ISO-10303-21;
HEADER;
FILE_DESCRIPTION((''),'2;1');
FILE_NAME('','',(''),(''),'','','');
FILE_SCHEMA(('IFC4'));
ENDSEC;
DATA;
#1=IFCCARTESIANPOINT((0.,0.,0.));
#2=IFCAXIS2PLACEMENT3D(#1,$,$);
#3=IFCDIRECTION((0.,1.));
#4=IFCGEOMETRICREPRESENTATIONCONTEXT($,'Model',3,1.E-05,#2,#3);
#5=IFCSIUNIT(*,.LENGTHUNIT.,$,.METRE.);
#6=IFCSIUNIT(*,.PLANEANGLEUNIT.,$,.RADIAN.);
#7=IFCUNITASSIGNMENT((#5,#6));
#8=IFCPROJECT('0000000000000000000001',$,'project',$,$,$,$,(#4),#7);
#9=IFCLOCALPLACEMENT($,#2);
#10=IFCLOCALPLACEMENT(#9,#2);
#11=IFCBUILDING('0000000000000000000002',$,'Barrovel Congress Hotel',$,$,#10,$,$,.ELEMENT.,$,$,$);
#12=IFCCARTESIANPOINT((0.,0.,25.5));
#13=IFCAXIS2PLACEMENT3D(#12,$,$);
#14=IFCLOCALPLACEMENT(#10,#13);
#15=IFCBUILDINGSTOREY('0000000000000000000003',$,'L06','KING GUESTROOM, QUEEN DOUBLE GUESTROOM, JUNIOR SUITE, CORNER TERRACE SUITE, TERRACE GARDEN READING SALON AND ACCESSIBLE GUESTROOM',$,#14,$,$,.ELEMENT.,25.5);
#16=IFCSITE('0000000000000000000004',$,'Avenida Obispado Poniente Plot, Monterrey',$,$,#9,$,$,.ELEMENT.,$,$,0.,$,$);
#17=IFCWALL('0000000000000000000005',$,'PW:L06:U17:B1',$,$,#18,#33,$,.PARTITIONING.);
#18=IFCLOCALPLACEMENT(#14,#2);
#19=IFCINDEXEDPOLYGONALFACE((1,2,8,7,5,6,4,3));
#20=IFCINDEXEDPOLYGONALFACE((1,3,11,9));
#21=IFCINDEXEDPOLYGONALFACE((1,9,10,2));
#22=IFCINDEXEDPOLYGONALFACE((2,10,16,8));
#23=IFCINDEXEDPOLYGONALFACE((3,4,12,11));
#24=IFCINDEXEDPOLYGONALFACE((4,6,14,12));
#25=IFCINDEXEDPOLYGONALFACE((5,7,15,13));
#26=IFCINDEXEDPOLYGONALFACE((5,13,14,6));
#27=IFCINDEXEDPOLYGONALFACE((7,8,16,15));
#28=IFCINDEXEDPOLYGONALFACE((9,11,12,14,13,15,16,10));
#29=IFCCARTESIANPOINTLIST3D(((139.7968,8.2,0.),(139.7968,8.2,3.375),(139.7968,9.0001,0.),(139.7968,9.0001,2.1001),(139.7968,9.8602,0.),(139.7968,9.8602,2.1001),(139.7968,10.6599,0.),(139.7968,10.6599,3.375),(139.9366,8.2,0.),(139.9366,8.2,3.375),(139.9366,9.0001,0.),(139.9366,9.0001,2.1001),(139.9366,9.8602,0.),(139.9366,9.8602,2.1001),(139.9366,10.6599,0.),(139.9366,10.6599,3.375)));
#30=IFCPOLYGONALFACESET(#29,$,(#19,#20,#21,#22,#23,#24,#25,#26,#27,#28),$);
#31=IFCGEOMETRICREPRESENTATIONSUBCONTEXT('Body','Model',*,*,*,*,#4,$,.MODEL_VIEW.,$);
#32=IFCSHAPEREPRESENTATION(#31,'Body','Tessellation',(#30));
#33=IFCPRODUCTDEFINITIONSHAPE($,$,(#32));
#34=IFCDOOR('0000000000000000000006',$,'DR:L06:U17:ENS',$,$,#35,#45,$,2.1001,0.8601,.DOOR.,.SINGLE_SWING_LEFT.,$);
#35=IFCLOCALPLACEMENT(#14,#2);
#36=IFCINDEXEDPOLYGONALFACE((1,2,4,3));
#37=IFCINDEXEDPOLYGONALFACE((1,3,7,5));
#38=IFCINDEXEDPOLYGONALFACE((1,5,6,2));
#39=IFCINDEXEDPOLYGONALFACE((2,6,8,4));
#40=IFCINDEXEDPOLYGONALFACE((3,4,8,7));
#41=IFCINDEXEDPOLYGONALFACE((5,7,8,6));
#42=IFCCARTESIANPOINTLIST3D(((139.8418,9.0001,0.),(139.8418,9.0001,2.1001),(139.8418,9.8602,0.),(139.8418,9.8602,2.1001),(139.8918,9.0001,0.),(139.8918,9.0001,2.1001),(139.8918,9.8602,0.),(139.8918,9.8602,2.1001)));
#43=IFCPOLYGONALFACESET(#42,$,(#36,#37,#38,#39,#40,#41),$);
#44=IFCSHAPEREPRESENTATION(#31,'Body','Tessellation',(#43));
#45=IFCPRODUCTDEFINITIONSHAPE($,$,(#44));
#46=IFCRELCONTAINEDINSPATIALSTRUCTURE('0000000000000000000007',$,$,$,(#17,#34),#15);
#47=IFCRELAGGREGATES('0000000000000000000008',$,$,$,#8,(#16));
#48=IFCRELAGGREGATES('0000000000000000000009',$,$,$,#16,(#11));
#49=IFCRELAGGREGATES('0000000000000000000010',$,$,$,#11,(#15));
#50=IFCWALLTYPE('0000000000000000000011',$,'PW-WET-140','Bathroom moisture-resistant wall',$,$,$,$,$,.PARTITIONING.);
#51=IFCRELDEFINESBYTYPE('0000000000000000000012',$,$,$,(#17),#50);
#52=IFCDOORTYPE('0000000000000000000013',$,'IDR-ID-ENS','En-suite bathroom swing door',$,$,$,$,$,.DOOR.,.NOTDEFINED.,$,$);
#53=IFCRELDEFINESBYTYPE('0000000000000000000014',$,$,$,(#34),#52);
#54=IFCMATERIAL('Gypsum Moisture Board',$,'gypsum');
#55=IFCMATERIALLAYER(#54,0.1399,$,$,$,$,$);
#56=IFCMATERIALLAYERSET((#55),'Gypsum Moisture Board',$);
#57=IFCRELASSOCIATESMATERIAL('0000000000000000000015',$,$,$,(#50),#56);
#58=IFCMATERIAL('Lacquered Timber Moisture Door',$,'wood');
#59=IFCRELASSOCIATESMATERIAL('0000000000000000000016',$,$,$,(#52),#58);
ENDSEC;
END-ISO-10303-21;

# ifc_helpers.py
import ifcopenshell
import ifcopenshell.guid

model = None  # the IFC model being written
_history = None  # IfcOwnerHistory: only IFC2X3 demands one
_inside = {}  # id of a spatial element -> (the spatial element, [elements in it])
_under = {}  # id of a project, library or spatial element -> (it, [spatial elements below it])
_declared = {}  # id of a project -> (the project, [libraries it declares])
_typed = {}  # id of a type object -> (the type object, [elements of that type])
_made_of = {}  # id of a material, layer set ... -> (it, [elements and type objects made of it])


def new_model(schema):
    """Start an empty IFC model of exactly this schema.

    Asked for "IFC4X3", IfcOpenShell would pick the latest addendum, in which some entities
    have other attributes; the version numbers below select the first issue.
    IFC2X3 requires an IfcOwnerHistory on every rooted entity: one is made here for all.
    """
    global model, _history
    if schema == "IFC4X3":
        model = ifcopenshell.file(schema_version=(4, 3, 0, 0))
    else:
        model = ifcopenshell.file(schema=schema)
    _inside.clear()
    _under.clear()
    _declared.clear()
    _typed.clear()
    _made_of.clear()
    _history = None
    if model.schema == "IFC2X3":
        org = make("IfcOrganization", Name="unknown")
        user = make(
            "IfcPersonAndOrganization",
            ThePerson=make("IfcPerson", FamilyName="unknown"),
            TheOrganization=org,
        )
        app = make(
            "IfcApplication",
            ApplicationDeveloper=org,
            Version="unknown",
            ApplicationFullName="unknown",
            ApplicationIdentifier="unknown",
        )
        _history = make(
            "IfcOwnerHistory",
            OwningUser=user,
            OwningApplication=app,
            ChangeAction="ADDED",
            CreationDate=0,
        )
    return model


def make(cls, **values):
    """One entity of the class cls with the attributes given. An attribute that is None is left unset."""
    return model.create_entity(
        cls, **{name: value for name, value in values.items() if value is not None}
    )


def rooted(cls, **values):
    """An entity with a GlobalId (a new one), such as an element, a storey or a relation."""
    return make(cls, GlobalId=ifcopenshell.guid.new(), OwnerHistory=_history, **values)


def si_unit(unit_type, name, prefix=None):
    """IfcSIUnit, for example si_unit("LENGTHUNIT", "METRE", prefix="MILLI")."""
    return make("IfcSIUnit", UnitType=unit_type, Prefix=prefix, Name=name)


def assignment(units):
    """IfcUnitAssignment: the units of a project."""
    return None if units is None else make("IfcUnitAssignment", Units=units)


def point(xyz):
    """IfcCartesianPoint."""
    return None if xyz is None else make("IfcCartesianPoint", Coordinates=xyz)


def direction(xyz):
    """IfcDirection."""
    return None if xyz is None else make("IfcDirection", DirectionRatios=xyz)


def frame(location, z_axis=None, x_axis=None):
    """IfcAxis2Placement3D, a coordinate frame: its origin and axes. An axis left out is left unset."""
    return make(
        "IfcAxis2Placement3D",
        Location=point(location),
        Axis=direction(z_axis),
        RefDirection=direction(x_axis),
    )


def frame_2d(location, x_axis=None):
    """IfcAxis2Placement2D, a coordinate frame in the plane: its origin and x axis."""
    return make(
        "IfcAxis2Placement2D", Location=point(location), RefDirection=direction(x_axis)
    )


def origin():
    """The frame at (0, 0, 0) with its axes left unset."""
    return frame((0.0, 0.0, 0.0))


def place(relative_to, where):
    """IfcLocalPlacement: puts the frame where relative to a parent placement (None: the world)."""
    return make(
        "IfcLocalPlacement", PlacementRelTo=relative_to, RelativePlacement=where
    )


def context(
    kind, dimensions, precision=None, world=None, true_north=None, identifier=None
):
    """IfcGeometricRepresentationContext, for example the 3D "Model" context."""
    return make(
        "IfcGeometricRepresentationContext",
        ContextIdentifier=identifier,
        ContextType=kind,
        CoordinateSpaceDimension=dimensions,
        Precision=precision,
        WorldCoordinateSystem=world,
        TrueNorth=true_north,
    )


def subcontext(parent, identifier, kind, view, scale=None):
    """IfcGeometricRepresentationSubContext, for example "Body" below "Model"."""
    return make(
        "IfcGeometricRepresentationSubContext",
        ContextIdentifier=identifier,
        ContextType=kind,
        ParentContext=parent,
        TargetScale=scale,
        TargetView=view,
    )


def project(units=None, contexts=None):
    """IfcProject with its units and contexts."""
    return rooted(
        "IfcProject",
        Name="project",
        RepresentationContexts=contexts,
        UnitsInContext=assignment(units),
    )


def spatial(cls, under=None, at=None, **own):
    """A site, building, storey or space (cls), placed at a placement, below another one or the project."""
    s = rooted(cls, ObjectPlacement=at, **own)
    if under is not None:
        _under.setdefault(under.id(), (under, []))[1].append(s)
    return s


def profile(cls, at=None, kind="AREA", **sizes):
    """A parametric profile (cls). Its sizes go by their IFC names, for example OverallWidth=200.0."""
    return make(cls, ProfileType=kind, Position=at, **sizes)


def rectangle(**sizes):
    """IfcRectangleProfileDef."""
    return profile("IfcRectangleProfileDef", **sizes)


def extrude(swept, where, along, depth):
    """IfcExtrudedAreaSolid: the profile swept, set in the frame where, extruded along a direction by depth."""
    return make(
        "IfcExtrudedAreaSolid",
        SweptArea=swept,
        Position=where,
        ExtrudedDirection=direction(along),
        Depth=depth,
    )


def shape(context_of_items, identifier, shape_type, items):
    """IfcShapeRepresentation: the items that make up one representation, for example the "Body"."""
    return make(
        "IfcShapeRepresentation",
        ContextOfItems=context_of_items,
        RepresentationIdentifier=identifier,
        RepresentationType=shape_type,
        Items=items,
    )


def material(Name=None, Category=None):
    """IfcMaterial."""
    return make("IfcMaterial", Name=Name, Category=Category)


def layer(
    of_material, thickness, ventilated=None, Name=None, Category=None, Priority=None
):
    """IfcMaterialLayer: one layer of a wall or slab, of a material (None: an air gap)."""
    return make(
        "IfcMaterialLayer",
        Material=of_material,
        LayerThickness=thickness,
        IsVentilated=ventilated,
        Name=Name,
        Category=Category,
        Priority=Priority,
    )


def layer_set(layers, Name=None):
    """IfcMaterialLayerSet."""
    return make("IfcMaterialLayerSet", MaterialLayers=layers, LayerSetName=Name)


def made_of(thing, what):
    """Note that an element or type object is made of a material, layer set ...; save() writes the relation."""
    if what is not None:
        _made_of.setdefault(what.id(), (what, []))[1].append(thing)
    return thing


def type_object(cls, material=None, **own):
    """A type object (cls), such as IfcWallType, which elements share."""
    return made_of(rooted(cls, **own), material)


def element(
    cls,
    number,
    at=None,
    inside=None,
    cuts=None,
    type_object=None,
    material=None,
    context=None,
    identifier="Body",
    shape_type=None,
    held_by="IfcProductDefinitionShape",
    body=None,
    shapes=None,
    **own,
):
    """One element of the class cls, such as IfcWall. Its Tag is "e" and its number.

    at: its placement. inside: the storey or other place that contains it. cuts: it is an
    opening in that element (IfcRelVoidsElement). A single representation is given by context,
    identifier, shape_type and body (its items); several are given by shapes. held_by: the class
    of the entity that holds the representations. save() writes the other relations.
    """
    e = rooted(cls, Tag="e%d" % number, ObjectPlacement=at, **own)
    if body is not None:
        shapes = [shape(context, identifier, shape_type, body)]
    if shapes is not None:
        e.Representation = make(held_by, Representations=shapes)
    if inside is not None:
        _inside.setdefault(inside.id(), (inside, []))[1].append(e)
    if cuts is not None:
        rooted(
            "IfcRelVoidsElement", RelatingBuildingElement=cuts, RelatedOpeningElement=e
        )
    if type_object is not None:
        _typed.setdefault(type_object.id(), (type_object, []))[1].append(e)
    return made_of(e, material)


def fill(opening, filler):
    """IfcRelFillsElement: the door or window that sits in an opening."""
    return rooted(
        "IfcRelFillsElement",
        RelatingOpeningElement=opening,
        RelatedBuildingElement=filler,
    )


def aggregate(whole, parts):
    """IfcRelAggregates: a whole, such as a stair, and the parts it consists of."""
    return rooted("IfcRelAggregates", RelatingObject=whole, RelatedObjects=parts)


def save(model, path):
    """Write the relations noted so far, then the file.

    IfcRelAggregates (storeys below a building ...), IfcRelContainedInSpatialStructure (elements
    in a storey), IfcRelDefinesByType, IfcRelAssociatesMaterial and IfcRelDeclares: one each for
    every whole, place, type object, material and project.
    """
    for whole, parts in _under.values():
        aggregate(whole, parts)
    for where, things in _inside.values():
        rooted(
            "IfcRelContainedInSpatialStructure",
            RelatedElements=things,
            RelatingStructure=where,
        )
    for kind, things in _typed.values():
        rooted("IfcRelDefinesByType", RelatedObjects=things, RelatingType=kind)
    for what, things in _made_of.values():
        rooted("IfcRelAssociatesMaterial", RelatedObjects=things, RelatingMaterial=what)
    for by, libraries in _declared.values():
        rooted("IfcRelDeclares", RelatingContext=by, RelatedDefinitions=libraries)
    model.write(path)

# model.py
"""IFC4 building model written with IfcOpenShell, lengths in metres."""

from ifc_helpers import new_model, si_unit, direction, frame, frame_2d, origin, place, context, subcontext, project, spatial, rectangle, extrude, material, layer, layer_set, type_object, element, fill, save


model = new_model("IFC4")

# Units and contexts
model_context = context("Model", 3, precision=1e-05, world=origin(), true_north=direction((0.0, 1.0)))
body_context = subcontext(model_context, "Body", "Model", "MODEL_VIEW")
ifc_project = project(units=[si_unit("LENGTHUNIT", "METRE"), si_unit("PLANEANGLEUNIT", "RADIAN")], contexts=[model_context])

# Site, building, storey
site_placement = place(None, origin())
site = spatial("IfcSite", under=ifc_project, at=site_placement, Name="Avenida Obispado Poniente Plot, Monterrey", CompositionType="ELEMENT", RefElevation=0.0)
building_placement = place(site_placement, origin())
building = spatial("IfcBuilding", under=site, at=building_placement, Name="Barrovel Congress Hotel", CompositionType="ELEMENT")
storey_placement = place(building_placement, frame((0.0, 0.0, 25.5)))
storey = spatial("IfcBuildingStorey", under=building, at=storey_placement, Name="L06", Description="KING GUESTROOM, QUEEN DOUBLE GUESTROOM, JUNIOR SUITE, CORNER TERRACE SUITE, TERRACE GARDEN READING SALON AND ACCESSIBLE GUESTROOM", CompositionType="ELEMENT", Elevation=25.5)

# Wall, opening, door
ifc_material_1 = material(Name="Gypsum Moisture Board", Category="gypsum")
ifc_layer_1 = layer(ifc_material_1, 0.1399)
ifc_layer_set_1 = layer_set([ifc_layer_1], Name="Gypsum Moisture Board")
wall_type_1 = type_object("IfcWallType", Name="PW-WET-140", Description="Bathroom moisture-resistant wall", PredefinedType="PARTITIONING", material=ifc_layer_set_1)
ifc_material_2 = material(Name="Lacquered Timber Moisture Door", Category="wood")
door_type_1 = type_object("IfcDoorType", Name="IDR-ID-ENS", Description="En-suite bathroom swing door", OperationType="NOTDEFINED", PredefinedType="DOOR", material=ifc_material_2)
wall_1_placement = place(storey_placement, frame((139.8667, 8.2, 0.0), z_axis=(0.0, 0.0, 1.0), x_axis=(0.0, 1.0, 0.0)))
wall_1 = element("IfcWall", 1, at=wall_1_placement, inside=storey, type_object=wall_type_1, Name="PW:L06:U17:B1", PredefinedType="PARTITIONING", context=body_context, shape_type="SweptSolid", body=[
    extrude(rectangle(XDim=2.46, YDim=0.1399, at=frame_2d((1.23, 0.0))), origin(), (0.0, 0.0, 1.0), 3.375),
])
opening_1_placement = place(wall_1_placement, frame((0.8, 0.0, 0.0)))
opening_1 = element("IfcOpeningElement", 2, at=opening_1_placement, cuts=wall_1, PredefinedType="OPENING", context=body_context, shape_type="SweptSolid", body=[
    extrude(rectangle(XDim=0.8601, YDim=2.1001, at=frame_2d((0.4302, 1.05))), frame((0.0, 0.0801, 0.0), z_axis=(0.0, -1.0, 0.0), x_axis=(1.0, 0.0, 0.0)), (0.0, 0.0, 1.0), 0.1599),
])
door_1_placement = place(opening_1_placement, origin())
door_1 = element("IfcDoor", 3, at=door_1_placement, inside=storey, type_object=door_type_1, Name="DR:L06:U17:ENS", OperationType="SINGLE_SWING_LEFT", OverallHeight=2.1001, OverallWidth=0.8601, PredefinedType="DOOR", context=body_context, shape_type="SweptSolid", body=[
    extrude(rectangle(XDim=0.8601, YDim=2.1001, at=frame_2d((0.4302, 1.05))), frame((0.0, 0.0249, 0.0), z_axis=(0.0, -1.0, 0.0), x_axis=(1.0, 0.0, 0.0)), (0.0, 0.0, 1.0), 0.05),
])
fill(opening_1, door_1)

save(model, "model.ifc")
